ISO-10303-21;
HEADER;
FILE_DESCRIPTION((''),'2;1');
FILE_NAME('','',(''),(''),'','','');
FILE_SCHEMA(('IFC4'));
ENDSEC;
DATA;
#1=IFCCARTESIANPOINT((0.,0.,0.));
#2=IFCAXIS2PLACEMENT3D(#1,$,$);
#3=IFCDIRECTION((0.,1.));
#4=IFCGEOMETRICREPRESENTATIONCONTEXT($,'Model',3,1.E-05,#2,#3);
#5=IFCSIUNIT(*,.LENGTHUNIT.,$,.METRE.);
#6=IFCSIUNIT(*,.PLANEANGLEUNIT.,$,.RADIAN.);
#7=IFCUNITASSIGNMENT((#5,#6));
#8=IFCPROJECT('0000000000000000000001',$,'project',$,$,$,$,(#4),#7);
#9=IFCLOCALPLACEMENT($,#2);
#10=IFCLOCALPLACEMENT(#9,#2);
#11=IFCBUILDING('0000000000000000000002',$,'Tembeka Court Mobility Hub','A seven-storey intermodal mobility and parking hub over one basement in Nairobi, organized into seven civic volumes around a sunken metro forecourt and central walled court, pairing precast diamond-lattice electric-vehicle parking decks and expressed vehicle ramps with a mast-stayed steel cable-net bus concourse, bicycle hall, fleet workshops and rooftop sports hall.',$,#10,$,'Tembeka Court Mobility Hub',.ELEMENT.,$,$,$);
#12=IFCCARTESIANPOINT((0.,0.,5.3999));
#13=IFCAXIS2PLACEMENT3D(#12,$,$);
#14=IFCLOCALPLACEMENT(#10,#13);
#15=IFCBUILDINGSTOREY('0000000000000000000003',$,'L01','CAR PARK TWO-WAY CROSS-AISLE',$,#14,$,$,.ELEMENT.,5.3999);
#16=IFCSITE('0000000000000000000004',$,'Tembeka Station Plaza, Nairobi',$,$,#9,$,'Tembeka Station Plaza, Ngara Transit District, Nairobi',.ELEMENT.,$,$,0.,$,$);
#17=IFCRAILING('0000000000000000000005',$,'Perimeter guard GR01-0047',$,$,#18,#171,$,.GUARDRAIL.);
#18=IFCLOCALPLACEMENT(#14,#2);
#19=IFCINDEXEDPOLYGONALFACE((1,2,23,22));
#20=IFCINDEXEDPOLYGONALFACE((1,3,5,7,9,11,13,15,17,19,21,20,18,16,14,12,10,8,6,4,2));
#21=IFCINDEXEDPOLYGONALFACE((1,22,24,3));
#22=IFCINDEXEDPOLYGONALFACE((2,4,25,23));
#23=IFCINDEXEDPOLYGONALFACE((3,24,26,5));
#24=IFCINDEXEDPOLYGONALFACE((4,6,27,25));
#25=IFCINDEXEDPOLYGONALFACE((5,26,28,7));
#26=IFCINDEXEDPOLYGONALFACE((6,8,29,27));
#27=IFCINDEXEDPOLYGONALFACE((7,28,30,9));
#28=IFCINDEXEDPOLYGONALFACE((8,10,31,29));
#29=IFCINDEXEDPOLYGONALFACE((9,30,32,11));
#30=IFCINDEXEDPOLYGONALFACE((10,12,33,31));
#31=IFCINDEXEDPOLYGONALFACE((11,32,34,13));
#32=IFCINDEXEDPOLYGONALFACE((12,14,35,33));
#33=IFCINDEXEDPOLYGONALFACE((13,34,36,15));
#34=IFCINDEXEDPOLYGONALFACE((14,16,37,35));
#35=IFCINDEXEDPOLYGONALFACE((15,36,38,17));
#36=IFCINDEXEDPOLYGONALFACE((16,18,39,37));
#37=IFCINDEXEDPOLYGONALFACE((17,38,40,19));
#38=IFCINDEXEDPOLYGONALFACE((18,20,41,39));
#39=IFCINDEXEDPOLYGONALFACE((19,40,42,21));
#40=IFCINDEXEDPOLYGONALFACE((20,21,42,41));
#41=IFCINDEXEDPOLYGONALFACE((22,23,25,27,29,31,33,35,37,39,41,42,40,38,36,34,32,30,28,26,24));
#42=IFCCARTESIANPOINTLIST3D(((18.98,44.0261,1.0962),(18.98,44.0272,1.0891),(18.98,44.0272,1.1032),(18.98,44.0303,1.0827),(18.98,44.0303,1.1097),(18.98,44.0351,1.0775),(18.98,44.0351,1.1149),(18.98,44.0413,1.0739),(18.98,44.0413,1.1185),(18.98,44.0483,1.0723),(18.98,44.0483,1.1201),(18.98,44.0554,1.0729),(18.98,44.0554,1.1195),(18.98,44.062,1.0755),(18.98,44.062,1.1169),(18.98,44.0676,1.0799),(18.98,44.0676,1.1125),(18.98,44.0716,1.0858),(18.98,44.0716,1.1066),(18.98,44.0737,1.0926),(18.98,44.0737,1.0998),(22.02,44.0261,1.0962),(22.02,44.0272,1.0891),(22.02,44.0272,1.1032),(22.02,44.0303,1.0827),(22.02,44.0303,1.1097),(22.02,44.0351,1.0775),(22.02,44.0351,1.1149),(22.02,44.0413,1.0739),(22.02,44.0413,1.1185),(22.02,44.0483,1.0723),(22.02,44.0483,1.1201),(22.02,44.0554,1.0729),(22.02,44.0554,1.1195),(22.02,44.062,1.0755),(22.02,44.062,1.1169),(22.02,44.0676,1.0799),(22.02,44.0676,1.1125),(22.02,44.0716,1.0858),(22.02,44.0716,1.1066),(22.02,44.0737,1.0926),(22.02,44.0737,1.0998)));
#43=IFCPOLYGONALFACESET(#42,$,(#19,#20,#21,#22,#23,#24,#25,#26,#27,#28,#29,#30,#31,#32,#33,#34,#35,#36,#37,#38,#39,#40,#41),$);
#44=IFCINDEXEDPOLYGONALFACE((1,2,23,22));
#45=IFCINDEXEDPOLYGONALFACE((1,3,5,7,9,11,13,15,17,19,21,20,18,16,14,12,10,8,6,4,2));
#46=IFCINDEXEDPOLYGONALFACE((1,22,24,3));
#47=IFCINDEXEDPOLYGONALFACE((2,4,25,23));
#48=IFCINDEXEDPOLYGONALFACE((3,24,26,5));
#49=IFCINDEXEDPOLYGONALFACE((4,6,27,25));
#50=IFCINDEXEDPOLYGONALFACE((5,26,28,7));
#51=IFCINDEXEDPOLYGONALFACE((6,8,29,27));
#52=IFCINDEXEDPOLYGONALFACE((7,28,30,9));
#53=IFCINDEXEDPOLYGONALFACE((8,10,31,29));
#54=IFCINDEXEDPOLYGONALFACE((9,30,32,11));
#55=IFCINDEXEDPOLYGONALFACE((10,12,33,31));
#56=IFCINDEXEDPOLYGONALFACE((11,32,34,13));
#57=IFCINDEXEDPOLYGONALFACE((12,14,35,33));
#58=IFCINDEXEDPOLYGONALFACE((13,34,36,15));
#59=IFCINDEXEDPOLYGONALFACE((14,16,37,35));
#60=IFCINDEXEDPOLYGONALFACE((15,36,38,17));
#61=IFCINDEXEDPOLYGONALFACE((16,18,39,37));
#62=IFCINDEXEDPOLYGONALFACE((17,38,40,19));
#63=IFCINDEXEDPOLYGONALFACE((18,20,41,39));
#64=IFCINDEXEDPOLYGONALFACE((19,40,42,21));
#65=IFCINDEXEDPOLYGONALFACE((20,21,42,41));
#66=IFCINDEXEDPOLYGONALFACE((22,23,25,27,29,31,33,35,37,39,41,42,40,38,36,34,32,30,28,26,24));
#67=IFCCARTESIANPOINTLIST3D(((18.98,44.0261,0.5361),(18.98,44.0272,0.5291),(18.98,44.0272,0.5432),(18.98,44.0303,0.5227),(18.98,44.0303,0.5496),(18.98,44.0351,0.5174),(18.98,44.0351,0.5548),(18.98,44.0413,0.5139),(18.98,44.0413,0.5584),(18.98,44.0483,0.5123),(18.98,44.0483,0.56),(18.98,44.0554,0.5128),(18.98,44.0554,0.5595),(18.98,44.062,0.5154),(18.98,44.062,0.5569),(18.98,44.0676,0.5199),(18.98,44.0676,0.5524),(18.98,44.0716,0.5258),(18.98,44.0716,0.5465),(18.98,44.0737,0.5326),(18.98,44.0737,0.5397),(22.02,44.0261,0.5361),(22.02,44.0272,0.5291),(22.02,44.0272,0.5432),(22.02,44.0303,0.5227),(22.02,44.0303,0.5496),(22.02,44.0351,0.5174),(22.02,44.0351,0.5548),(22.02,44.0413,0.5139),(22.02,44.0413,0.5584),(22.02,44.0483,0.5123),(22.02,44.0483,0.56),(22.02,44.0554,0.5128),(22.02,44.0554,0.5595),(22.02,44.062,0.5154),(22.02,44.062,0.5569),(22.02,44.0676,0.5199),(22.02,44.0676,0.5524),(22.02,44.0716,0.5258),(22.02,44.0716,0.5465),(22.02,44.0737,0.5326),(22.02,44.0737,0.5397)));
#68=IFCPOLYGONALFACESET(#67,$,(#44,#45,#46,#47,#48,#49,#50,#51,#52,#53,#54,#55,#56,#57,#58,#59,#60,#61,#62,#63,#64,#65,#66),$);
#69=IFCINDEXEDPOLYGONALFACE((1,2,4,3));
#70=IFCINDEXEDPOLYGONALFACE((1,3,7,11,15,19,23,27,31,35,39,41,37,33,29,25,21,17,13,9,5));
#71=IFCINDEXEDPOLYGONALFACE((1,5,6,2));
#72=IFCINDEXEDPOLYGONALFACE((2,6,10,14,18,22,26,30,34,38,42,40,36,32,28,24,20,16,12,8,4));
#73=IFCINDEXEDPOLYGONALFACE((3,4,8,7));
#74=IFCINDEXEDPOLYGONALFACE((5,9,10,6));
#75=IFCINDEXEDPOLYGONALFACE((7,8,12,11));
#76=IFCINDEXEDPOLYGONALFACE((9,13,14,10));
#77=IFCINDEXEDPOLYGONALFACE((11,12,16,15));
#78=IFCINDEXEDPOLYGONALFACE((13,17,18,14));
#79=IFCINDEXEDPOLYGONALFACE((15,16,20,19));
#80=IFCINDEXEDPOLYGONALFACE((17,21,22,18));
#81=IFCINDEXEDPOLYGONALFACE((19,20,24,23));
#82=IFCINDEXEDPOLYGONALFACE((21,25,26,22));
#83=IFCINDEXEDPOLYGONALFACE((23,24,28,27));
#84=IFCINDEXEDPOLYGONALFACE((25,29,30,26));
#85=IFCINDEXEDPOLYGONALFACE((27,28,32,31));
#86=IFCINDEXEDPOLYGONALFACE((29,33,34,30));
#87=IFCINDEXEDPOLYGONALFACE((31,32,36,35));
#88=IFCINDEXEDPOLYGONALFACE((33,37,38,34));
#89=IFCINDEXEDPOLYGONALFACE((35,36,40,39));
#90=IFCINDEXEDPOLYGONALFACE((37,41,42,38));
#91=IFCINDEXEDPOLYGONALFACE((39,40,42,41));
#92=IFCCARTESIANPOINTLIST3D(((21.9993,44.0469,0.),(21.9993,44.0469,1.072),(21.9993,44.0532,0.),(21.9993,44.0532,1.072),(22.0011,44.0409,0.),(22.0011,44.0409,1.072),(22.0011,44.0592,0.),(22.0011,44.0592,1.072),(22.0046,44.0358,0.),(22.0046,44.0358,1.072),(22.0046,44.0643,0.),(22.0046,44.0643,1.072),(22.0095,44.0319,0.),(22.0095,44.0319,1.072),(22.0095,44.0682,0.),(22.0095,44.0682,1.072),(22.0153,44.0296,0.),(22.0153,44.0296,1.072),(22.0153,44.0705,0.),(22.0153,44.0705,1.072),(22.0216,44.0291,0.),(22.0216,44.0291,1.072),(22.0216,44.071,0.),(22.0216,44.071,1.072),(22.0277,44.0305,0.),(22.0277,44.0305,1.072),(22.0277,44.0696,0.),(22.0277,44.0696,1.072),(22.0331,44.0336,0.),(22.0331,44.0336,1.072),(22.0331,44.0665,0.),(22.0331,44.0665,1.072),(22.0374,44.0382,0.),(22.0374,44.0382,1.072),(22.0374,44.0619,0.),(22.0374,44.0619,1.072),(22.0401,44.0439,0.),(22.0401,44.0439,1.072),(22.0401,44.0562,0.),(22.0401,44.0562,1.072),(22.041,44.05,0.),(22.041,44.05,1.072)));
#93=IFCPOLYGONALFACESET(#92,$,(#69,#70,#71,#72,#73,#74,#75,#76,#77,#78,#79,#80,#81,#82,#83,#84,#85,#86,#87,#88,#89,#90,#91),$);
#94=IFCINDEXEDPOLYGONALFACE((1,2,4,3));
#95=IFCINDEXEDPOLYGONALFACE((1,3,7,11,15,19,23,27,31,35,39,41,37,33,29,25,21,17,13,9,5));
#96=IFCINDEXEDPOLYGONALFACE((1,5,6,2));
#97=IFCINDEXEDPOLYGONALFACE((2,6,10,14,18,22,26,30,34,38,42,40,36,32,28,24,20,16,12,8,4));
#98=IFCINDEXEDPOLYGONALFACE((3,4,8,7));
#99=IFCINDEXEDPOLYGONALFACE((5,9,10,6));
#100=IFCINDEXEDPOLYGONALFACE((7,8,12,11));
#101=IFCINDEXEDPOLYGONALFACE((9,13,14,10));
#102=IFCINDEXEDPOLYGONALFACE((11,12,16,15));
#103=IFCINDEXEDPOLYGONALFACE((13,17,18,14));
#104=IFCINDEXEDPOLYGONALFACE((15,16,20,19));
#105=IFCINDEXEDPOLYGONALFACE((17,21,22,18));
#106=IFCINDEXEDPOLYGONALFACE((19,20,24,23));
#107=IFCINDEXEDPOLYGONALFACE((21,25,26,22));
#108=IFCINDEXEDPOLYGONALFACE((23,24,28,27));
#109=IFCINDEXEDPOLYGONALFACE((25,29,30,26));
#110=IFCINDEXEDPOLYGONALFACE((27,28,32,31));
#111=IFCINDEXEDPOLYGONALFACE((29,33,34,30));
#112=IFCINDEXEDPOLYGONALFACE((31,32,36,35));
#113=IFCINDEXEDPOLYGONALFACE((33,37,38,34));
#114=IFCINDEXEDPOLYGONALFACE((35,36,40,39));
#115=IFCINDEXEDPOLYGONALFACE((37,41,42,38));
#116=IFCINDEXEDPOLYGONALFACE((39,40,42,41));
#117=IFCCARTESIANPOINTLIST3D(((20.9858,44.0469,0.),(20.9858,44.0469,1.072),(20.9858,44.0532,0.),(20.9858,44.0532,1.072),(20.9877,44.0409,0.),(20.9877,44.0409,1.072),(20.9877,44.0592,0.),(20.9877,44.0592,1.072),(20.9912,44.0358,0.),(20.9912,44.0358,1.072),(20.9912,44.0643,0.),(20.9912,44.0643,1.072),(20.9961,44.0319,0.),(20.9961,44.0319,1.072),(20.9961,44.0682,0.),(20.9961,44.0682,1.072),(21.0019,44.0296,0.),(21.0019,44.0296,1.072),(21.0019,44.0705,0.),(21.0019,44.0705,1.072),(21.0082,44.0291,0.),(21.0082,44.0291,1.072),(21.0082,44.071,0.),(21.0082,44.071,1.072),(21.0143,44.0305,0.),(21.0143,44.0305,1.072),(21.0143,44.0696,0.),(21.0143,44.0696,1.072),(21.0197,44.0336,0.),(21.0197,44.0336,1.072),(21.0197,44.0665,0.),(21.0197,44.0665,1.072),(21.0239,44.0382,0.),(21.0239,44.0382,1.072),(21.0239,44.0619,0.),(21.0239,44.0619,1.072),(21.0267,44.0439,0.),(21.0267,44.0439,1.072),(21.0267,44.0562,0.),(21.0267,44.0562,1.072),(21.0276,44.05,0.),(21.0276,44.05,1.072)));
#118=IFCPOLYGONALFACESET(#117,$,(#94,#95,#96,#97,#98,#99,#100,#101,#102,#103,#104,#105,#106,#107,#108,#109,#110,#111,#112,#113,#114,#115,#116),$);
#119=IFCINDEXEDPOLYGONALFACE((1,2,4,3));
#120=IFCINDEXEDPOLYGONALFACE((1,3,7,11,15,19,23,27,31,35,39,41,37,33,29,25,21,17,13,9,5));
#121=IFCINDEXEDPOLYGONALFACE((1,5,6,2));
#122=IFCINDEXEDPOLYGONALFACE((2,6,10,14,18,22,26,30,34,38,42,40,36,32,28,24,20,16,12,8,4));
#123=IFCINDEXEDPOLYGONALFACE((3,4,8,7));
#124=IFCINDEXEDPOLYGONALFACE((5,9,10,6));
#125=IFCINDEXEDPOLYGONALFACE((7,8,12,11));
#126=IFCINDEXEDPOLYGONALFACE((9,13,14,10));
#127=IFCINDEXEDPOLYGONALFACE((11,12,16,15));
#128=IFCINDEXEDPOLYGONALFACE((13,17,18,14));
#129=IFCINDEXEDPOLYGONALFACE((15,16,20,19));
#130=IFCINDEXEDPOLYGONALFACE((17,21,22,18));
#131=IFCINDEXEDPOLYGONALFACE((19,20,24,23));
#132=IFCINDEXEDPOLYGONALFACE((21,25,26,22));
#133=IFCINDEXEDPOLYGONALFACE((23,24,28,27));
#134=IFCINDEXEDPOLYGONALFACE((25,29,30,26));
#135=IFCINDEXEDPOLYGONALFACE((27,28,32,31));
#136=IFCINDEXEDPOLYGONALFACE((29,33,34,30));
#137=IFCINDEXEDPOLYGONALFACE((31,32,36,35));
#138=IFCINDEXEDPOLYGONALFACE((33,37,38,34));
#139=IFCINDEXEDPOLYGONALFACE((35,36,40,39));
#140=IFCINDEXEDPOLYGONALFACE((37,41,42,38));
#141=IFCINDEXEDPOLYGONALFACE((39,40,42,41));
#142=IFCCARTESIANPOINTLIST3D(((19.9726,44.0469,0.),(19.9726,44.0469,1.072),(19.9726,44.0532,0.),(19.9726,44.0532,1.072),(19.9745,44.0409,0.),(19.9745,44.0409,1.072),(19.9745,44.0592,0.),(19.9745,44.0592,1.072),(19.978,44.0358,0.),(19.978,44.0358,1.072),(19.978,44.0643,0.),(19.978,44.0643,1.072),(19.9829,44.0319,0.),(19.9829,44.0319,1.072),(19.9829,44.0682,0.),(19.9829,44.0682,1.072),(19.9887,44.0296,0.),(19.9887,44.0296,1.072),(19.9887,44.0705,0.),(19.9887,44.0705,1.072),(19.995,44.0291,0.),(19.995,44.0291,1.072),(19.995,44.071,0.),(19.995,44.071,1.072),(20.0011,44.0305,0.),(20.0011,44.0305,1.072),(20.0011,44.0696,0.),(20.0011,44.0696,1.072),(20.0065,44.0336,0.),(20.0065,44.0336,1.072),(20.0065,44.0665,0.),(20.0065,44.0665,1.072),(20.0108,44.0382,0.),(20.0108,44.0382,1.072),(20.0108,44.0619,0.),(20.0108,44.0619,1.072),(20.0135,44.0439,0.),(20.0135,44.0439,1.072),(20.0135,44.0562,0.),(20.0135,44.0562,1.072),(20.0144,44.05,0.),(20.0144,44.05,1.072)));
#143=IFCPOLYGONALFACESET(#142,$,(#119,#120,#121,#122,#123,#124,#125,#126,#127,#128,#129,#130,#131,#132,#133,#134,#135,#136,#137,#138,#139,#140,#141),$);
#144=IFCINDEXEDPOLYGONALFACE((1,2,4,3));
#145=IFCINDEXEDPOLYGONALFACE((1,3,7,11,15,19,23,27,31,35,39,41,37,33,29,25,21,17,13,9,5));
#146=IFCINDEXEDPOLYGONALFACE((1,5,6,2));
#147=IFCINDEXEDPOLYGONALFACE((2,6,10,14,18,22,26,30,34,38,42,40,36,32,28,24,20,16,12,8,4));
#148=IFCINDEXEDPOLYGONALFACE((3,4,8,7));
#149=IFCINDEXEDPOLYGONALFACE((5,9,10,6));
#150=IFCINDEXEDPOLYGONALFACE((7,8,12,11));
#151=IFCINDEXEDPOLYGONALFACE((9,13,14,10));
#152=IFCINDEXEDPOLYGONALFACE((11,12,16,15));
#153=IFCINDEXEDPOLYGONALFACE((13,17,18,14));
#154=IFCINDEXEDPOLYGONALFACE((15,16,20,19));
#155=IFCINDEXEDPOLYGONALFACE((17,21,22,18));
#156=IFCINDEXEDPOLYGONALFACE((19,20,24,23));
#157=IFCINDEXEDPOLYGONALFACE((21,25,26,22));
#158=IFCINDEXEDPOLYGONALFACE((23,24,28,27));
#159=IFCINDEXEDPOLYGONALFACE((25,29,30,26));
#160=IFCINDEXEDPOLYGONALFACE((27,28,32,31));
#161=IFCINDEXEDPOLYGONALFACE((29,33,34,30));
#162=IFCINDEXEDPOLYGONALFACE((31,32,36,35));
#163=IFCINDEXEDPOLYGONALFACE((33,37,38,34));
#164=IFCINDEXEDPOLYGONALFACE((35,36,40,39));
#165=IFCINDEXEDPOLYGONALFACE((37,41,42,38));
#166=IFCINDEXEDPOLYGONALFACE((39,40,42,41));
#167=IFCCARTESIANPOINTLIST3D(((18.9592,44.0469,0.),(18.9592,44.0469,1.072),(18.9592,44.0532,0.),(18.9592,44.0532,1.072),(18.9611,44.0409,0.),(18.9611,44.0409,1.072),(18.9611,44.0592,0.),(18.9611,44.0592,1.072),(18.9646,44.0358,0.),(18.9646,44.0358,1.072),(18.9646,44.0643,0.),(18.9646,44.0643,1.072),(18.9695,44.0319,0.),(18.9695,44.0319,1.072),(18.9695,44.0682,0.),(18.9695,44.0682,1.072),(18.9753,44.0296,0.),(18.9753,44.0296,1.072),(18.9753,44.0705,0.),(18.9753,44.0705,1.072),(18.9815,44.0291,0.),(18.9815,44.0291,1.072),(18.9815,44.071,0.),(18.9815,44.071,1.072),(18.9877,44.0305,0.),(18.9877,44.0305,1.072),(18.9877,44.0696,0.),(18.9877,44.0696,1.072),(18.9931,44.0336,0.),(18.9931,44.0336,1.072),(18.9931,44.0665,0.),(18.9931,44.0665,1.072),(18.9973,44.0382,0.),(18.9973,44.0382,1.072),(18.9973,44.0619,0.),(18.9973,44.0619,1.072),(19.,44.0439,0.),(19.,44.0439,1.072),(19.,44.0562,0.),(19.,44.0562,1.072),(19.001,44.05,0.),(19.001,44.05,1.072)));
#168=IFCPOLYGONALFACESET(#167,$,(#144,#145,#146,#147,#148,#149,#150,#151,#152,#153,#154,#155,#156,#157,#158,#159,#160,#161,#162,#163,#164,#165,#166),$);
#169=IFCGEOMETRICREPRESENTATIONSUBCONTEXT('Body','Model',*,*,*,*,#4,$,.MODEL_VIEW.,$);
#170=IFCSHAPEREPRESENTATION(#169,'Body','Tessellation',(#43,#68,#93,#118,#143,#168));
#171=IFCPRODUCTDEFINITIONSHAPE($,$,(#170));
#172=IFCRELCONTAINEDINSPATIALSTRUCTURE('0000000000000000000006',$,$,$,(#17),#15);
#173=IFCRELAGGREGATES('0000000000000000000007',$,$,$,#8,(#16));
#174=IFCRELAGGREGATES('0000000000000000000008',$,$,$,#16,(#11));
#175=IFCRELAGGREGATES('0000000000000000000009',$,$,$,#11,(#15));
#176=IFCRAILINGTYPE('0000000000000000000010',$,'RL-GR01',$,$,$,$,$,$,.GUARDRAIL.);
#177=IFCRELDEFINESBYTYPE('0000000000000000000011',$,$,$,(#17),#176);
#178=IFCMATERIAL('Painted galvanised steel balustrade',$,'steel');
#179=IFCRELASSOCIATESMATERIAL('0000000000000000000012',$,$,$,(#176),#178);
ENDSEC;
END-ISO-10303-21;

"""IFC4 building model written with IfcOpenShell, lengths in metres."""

from ifc_helpers import new_model, si_unit, direction, frame, origin, origin_2d, place, context, subcontext, project, spatial, circle, extrude, material, type_object, element, save


model = new_model("IFC4")

# Units and contexts
model_context = context("Model", 3, precision=1e-05, world=origin(), true_north=direction((0.0, 1.0)))
body_context = subcontext(model_context, "Body", "Model", "MODEL_VIEW")
ifc_project = project(units=[si_unit("LENGTHUNIT", "METRE"), si_unit("PLANEANGLEUNIT", "RADIAN")], contexts=[model_context])

# Site, building, storey
site_placement = place(None, origin())
site = spatial("IfcSite", under=ifc_project, at=site_placement, Name="Tembeka Station Plaza, Nairobi", LongName="Tembeka Station Plaza, Ngara Transit District, Nairobi", CompositionType="ELEMENT", RefElevation=0.0)
building_placement = place(site_placement, origin())
building = spatial("IfcBuilding", under=site, at=building_placement, Name="Tembeka Court Mobility Hub", Description="A seven-storey intermodal mobility and parking hub over one basement in Nairobi, organized into seven civic volumes around a sunken metro forecourt and central walled court, pairing precast diamond-lattice electric-vehicle parking decks and expressed vehicle ramps with a mast-stayed steel cable-net bus concourse, bicycle hall, fleet workshops and rooftop sports hall.", LongName="Tembeka Court Mobility Hub", CompositionType="ELEMENT")
storey_placement = place(building_placement, frame((0.0, 0.0, 5.3999)))
storey = spatial("IfcBuildingStorey", under=building, at=storey_placement, Name="L01", Description="CAR PARK TWO-WAY CROSS-AISLE", CompositionType="ELEMENT", Elevation=5.3999)

# Railing
ifc_material_1 = material(Name="Painted galvanised steel balustrade", Category="steel")
railing_type_1 = type_object("IfcRailingType", Name="RL-GR01", PredefinedType="GUARDRAIL", material=ifc_material_1)
railing_1_placement = place(storey_placement, frame((22.02, 44.05, 0.0)))
element("IfcRailing", 1, at=railing_1_placement, inside=storey, type_object=railing_type_1, Name="Perimeter guard GR01-0047", PredefinedType="GUARDRAIL", context=body_context, shape_type="SweptSolid", body=[
    extrude(circle(Radius=0.0239, at=origin_2d()), frame((0.0, 0.0, 1.0962), z_axis=(-1.0, 0.0, 0.0), x_axis=(0.0, -1.0, 0.0)), (0.0, 0.0, 1.0), 3.04),
    extrude(circle(Radius=0.0239, at=origin_2d()), frame((0.0, 0.0, 0.5361), z_axis=(-1.0, 0.0, 0.0), x_axis=(0.0, -1.0, 0.0)), (0.0, 0.0, 1.0), 3.04),
    extrude(circle(Radius=0.021, at=origin_2d()), origin(), (0.0, 0.0, 1.0), 1.072),
    extrude(circle(Radius=0.021, at=origin_2d()), frame((-1.0134, 0.0, 0.0)), (0.0, 0.0, 1.0), 1.072),
    extrude(circle(Radius=0.021, at=origin_2d()), frame((-2.0266, 0.0, 0.0)), (0.0, 0.0, 1.0), 1.072),
    extrude(circle(Radius=0.021, at=origin_2d()), frame((-3.04, 0.0, 0.0)), (0.0, 0.0, 1.0), 1.072),
])

save(model, "model.ifc")
